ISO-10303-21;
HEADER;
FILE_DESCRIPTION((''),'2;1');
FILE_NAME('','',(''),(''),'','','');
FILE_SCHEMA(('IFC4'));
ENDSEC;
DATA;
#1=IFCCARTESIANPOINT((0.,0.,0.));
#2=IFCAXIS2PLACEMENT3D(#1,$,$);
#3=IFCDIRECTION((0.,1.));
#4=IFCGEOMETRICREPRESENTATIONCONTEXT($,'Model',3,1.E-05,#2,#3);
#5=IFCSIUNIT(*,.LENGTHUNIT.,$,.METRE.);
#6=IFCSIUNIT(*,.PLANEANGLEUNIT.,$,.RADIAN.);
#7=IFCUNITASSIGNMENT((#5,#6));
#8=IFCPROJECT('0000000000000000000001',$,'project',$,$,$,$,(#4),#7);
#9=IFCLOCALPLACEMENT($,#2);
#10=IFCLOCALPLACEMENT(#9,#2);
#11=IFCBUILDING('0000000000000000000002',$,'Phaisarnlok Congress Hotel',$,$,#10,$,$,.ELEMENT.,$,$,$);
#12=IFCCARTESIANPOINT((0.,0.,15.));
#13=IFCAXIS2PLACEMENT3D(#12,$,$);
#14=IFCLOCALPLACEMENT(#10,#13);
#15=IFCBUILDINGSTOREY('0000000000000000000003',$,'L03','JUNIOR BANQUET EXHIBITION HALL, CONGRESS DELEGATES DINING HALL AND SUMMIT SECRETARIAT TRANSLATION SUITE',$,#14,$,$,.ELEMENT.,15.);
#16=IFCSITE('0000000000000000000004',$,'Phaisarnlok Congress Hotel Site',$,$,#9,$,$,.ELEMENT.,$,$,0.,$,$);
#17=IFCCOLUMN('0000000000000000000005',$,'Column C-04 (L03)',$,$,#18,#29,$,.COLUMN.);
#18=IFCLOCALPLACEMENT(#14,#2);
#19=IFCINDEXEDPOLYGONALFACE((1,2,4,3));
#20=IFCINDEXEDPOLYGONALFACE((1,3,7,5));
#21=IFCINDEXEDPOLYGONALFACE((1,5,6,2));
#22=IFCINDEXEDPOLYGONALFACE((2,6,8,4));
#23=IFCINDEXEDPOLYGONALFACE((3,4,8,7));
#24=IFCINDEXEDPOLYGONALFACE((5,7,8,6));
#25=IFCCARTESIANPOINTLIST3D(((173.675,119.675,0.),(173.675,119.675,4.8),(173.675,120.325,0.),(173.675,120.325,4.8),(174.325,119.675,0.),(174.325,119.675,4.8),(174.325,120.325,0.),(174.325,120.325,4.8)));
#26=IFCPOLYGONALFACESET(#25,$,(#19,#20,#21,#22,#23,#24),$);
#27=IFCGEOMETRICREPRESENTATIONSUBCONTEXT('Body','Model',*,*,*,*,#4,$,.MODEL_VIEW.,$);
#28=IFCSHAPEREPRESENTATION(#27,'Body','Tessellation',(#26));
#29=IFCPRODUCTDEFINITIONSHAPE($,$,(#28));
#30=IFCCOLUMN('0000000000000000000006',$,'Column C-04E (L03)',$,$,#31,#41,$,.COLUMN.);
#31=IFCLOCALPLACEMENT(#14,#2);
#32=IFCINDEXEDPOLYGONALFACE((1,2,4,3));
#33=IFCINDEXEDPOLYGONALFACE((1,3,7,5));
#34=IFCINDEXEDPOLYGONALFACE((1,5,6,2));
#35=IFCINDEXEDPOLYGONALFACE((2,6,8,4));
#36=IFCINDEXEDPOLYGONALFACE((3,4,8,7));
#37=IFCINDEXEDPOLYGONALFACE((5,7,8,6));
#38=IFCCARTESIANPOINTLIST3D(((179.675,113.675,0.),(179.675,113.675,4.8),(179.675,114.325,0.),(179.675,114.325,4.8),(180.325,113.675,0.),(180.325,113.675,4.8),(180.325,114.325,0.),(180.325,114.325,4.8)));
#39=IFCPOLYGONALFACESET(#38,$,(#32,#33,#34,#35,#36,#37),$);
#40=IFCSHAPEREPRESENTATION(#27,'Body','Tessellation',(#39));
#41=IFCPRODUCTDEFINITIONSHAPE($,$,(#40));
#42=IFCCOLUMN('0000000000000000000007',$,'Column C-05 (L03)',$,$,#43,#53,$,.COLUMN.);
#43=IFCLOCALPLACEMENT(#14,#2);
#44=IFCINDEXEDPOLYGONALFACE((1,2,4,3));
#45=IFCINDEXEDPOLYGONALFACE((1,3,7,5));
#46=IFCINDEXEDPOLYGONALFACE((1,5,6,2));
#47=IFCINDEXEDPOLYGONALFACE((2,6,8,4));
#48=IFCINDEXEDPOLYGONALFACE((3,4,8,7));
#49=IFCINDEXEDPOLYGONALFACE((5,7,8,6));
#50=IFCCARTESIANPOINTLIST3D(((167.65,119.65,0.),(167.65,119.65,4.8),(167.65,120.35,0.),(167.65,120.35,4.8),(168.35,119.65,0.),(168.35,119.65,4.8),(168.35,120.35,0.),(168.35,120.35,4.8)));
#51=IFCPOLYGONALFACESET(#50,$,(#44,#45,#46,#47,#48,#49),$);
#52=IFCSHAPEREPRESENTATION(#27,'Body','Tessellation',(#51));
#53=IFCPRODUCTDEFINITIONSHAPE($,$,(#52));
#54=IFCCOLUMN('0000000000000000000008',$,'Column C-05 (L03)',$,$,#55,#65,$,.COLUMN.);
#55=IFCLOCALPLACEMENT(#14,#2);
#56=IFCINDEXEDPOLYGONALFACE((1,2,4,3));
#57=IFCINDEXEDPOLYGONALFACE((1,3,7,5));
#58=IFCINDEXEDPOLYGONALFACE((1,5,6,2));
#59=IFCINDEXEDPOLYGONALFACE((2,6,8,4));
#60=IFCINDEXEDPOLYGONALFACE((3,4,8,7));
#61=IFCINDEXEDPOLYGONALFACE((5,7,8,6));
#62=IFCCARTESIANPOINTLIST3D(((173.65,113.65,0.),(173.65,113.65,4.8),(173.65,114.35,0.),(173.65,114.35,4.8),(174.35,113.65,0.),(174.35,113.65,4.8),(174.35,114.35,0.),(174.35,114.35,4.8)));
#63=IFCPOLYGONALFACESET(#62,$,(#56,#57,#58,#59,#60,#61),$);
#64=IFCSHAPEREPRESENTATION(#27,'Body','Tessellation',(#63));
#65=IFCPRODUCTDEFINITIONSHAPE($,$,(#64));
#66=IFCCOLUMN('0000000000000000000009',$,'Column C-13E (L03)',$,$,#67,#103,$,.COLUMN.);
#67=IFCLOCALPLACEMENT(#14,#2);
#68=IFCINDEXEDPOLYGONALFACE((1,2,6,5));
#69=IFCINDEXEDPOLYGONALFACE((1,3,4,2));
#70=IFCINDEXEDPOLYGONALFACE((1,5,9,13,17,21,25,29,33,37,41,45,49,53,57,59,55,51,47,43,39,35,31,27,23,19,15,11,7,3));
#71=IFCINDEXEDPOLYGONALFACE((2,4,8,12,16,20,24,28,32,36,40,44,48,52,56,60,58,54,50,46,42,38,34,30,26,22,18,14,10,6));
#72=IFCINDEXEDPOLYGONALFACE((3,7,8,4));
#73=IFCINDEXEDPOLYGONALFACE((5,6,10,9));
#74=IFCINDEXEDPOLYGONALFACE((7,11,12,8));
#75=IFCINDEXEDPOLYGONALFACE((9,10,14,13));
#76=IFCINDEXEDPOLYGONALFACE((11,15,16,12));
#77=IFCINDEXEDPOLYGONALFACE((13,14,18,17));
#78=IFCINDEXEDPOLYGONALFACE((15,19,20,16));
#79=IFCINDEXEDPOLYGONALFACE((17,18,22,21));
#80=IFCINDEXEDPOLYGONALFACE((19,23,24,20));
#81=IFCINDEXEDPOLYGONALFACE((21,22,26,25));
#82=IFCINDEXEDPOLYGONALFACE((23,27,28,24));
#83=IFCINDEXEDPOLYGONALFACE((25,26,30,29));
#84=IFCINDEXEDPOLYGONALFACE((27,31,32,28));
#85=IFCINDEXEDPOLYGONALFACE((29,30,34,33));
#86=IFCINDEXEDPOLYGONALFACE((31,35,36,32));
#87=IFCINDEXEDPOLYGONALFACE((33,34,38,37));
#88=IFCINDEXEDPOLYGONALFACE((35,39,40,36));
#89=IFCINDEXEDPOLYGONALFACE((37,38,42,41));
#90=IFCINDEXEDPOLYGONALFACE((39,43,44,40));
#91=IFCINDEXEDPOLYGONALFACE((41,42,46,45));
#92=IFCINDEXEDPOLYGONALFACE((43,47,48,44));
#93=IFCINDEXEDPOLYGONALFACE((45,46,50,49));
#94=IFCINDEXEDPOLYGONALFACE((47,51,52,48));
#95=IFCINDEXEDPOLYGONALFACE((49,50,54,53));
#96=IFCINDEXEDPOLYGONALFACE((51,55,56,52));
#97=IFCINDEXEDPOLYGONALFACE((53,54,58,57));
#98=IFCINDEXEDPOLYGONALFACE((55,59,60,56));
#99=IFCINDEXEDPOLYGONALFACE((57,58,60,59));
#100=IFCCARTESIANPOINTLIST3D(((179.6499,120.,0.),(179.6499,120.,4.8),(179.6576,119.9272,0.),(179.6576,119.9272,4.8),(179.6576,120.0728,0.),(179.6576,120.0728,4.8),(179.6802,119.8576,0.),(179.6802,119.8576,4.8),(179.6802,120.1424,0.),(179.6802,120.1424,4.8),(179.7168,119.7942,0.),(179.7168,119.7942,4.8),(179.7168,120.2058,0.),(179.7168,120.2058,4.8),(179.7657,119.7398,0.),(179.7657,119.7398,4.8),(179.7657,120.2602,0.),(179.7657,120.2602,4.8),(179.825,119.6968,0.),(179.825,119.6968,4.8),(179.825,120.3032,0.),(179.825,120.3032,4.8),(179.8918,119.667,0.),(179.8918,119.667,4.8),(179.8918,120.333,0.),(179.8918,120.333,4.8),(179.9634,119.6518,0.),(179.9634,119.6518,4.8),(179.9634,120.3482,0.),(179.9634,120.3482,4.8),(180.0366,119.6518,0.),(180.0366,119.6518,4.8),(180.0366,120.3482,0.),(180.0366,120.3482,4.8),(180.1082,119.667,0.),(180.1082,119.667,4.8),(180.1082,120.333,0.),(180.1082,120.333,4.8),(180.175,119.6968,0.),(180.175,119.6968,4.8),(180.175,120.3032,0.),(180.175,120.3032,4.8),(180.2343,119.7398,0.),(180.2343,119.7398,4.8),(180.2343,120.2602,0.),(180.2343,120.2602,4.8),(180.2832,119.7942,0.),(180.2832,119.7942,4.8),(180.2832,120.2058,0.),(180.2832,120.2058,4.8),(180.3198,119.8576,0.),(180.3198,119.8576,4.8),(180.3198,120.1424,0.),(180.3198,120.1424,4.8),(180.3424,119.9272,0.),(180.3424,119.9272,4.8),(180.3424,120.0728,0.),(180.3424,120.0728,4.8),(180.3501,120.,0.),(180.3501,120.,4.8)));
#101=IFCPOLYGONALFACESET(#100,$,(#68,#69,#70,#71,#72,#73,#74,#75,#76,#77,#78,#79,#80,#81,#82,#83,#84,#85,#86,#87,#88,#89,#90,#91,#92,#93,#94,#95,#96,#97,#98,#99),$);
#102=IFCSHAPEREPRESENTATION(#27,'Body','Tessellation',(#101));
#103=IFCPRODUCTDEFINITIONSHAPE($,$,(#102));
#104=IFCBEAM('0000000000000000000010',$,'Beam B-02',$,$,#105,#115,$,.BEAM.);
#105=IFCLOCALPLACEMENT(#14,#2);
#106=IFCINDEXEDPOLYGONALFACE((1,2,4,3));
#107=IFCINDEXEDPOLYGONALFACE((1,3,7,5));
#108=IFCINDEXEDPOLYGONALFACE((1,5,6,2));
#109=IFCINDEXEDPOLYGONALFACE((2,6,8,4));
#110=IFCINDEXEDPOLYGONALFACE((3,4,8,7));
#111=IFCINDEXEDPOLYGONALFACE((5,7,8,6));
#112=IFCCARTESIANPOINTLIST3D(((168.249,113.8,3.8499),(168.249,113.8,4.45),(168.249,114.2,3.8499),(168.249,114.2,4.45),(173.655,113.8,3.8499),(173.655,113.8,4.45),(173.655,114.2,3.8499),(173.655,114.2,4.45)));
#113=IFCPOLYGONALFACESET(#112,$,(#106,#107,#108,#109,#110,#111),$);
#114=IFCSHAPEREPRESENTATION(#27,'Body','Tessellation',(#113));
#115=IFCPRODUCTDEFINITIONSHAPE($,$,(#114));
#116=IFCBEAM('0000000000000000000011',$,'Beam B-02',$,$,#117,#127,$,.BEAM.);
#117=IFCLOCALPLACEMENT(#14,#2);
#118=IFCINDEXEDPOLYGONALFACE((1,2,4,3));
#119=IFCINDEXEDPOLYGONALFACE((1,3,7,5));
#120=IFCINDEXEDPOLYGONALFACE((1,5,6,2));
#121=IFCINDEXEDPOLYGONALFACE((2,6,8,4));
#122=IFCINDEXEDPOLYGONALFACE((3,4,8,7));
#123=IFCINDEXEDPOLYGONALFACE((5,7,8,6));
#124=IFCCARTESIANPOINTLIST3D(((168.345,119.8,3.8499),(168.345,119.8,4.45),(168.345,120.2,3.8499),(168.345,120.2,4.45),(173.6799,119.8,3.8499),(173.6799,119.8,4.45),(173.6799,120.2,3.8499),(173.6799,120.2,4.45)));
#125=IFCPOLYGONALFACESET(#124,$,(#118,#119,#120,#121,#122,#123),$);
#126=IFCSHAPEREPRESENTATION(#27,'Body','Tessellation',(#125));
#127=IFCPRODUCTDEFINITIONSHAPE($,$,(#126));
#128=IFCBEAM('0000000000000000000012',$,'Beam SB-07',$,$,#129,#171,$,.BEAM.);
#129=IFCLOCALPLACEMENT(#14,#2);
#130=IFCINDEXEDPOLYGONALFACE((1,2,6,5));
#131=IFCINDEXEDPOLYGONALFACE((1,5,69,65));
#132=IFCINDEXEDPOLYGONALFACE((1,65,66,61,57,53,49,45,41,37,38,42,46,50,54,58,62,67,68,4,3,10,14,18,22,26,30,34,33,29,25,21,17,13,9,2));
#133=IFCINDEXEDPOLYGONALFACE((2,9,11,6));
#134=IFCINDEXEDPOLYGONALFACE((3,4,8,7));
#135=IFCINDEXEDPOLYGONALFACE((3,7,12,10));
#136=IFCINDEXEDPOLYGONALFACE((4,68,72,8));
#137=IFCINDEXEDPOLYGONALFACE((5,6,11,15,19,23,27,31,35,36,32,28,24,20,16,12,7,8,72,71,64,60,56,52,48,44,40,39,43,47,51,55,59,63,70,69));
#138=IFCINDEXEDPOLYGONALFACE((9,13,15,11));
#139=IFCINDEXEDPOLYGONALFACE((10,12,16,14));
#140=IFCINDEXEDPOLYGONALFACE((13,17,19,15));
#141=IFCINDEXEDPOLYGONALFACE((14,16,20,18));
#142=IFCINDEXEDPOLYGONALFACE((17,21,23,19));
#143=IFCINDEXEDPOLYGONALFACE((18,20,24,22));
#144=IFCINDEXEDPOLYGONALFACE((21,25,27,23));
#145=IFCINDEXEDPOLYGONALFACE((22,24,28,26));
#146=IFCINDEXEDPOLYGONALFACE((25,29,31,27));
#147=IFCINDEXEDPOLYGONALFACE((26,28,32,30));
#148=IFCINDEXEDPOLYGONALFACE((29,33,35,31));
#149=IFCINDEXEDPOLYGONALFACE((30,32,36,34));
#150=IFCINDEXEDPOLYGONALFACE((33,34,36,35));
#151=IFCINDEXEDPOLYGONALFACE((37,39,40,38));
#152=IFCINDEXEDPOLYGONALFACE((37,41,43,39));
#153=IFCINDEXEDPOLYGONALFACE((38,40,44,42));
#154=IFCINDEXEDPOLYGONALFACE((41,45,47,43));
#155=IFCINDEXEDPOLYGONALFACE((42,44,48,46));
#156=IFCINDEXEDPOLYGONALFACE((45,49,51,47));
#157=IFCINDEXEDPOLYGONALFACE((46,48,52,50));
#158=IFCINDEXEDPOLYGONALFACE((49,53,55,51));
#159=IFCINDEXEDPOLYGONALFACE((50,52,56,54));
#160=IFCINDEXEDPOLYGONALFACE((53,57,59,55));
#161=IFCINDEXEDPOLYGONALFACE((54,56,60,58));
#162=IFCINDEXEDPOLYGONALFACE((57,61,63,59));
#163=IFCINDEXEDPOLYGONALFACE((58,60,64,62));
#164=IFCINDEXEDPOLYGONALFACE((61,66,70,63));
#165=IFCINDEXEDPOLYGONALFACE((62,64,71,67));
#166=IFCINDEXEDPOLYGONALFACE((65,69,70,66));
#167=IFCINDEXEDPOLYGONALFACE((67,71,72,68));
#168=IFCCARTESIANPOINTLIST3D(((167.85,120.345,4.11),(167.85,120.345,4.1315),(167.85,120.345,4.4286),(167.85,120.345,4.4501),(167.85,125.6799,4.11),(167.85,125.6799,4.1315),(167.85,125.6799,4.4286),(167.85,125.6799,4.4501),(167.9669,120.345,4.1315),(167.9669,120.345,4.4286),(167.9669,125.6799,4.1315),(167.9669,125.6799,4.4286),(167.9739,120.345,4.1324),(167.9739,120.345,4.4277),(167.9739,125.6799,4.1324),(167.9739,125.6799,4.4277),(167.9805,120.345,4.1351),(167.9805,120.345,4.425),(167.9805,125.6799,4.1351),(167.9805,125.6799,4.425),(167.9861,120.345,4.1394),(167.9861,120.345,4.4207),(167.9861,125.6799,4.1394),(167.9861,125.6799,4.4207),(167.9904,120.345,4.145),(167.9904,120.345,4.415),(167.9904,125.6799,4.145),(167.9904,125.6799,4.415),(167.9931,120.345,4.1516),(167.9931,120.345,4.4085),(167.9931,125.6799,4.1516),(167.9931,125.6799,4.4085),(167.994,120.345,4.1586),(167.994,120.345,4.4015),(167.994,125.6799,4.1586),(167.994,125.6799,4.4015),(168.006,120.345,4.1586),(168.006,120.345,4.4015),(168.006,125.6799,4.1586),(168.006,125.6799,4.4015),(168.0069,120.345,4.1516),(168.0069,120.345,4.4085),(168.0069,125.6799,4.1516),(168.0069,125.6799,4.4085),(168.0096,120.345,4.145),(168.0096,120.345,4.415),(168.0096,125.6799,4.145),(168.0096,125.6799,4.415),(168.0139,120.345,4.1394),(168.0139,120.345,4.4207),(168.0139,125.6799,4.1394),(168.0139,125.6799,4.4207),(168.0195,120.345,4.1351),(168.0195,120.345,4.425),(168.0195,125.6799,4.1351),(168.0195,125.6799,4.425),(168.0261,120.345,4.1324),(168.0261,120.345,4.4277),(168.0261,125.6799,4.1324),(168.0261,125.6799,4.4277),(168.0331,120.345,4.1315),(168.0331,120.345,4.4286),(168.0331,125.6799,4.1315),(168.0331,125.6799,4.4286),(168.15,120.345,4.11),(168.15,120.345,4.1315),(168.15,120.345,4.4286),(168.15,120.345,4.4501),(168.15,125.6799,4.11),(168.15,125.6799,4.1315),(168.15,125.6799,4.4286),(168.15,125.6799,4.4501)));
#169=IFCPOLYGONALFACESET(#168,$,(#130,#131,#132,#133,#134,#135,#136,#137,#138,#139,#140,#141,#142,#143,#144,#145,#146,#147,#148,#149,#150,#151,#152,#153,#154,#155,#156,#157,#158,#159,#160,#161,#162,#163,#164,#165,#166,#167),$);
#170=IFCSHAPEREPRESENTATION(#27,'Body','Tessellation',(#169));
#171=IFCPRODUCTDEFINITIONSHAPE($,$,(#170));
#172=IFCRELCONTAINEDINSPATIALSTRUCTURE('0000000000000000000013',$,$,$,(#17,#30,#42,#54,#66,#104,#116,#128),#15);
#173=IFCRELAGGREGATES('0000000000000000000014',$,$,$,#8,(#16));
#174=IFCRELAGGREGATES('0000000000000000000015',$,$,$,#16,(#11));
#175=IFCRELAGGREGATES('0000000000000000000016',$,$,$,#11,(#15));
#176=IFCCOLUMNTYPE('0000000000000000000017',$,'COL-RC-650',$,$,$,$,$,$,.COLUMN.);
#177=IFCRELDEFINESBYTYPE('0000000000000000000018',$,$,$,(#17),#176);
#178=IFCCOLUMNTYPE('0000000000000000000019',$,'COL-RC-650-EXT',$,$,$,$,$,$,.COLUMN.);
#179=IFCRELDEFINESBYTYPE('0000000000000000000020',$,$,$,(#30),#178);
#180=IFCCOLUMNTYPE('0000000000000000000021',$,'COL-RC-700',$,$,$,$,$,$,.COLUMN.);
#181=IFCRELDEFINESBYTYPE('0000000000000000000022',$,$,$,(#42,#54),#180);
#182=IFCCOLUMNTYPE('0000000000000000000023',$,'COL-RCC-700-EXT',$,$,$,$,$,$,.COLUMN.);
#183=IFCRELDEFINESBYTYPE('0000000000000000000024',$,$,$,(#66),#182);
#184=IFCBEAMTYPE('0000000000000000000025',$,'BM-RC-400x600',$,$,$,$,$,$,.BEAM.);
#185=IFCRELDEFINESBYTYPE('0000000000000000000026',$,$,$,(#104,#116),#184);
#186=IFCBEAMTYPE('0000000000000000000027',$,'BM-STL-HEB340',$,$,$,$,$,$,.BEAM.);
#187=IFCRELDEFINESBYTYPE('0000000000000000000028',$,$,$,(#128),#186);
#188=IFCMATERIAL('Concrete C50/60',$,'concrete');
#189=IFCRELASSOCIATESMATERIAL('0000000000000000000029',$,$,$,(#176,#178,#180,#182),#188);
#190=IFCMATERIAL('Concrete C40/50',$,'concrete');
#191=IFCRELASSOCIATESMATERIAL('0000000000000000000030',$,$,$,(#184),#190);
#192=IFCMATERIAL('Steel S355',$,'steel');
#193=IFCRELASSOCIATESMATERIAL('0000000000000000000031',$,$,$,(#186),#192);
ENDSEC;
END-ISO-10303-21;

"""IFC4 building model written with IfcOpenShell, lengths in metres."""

from ifc_helpers import new_model, si_unit, direction, frame, origin, origin_2d, place, context, subcontext, project, spatial, rectangle, circle, i_section, extrude, material, material_profile, profile_set, type_object, element, save


model = new_model("IFC4")

# Units and contexts
model_context = context("Model", 3, precision=1e-05, world=origin(), true_north=direction((0.0, 1.0)))
body_context = subcontext(model_context, "Body", "Model", "MODEL_VIEW")
ifc_project = project(units=[si_unit("LENGTHUNIT", "METRE"), si_unit("PLANEANGLEUNIT", "RADIAN")], contexts=[model_context])

# Site, building, storey
site_placement = place(None, origin())
site = spatial("IfcSite", under=ifc_project, at=site_placement, Name="Phaisarnlok Congress Hotel Site", CompositionType="ELEMENT", RefElevation=0.0)
building_placement = place(site_placement, origin())
building = spatial("IfcBuilding", under=site, at=building_placement, Name="Phaisarnlok Congress Hotel", CompositionType="ELEMENT")
storey_placement = place(building_placement, frame((0.0, 0.0, 15.0)))
storey = spatial("IfcBuildingStorey", under=building, at=storey_placement, Name="L03", Description="JUNIOR BANQUET EXHIBITION HALL, CONGRESS DELEGATES DINING HALL AND SUMMIT SECRETARIAT TRANSLATION SUITE", CompositionType="ELEMENT", Elevation=15.0)

# Columns
ifc_material_1 = material(Name="Concrete C50/60", Category="concrete")
ifc_material_profile_1 = material_profile(ifc_material_1, rectangle(XDim=0.6499, YDim=0.6499, at=origin_2d()), Name="RC 650x650")
ifc_profile_set_1 = profile_set([ifc_material_profile_1], Name="Concrete C50/60")
column_type_1 = type_object("IfcColumnType", Name="COL-RC-650", PredefinedType="COLUMN", material=ifc_profile_set_1)
column_1_placement = place(storey_placement, frame((174.0, 120.0, 0.0), z_axis=(0.0, 0.0, 1.0), x_axis=(1.0, 0.0, 0.0)))
element("IfcColumn", 1, at=column_1_placement, inside=storey, type_object=column_type_1, Name="Column C-04 (L03)", PredefinedType="COLUMN", context=body_context, shape_type="SweptSolid", body=[
    extrude(rectangle(XDim=0.6499, YDim=0.6499, at=origin_2d()), origin(), (0.0, 0.0, 1.0), 4.8),
])
ifc_material_profile_2 = material_profile(ifc_material_1, rectangle(XDim=0.6499, YDim=0.6499, at=origin_2d()), Name="RC 650x650")
ifc_profile_set_2 = profile_set([ifc_material_profile_2], Name="Concrete C50/60")
column_type_2 = type_object("IfcColumnType", Name="COL-RC-650-EXT", PredefinedType="COLUMN", material=ifc_profile_set_2)
column_2_placement = place(storey_placement, frame((180.0, 114.0, 0.0), z_axis=(0.0, 0.0, 1.0), x_axis=(1.0, 0.0, 0.0)))
element("IfcColumn", 2, at=column_2_placement, inside=storey, type_object=column_type_2, Name="Column C-04E (L03)", PredefinedType="COLUMN", context=body_context, shape_type="SweptSolid", body=[
    extrude(rectangle(XDim=0.6499, YDim=0.6499, at=origin_2d()), origin(), (0.0, 0.0, 1.0), 4.8),
])
ifc_material_profile_3 = material_profile(ifc_material_1, rectangle(XDim=0.7, YDim=0.7, at=origin_2d()), Name="RC 700x700")
ifc_profile_set_3 = profile_set([ifc_material_profile_3], Name="Concrete C50/60")
column_type_3 = type_object("IfcColumnType", Name="COL-RC-700", PredefinedType="COLUMN", material=ifc_profile_set_3)
for number, where, z_axis, x_axis, name in (
    (3, (168.0, 120.0, 0.0), (0.0, 0.0, 1.0), (1.0, 0.0, 0.0), "Column C-05 (L03)"),
    (4, (174.0, 114.0, 0.0), (0.0, 0.0, 1.0), (1.0, 0.0, 0.0), "Column C-05 (L03)"),
):
    element("IfcColumn", number, at=place(storey_placement, frame(where, z_axis=z_axis, x_axis=x_axis)), inside=storey, type_object=column_type_3, Name=name, PredefinedType="COLUMN", context=body_context, shape_type="SweptSolid", body=[
        extrude(rectangle(XDim=0.7, YDim=0.7, at=origin_2d()), origin(), (0.0, 0.0, 1.0), 4.8),
    ])
ifc_material_profile_4 = material_profile(ifc_material_1, circle(Radius=0.3501, at=origin_2d()), Name="RCC D700")
ifc_profile_set_4 = profile_set([ifc_material_profile_4], Name="Concrete C50/60")
column_type_4 = type_object("IfcColumnType", Name="COL-RCC-700-EXT", PredefinedType="COLUMN", material=ifc_profile_set_4)
column_3_placement = place(storey_placement, frame((180.0, 120.0, 0.0), z_axis=(0.0, 0.0, 1.0), x_axis=(1.0, 0.0, 0.0)))
element("IfcColumn", 5, at=column_3_placement, inside=storey, type_object=column_type_4, Name="Column C-13E (L03)", PredefinedType="COLUMN", context=body_context, shape_type="SweptSolid", body=[
    extrude(circle(Radius=0.3501, at=origin_2d()), origin(), (0.0, 0.0, 1.0), 4.8),
])

# Beams
ifc_material_2 = material(Name="Concrete C40/50", Category="concrete")
ifc_material_profile_5 = material_profile(ifc_material_2, rectangle(XDim=0.3999, YDim=0.6001, at=origin_2d()), Name="RC 400x600")
ifc_profile_set_5 = profile_set([ifc_material_profile_5], Name="Concrete C40/50")
beam_type_1 = type_object("IfcBeamType", Name="BM-RC-400x600", PredefinedType="BEAM", material=ifc_profile_set_5)
beam_1_placement = place(storey_placement, frame((168.249, 114.0, 4.1499), z_axis=(1.0, 0.0, 0.0), x_axis=(0.0, 1.0, 0.0)))
element("IfcBeam", 6, at=beam_1_placement, inside=storey, type_object=beam_type_1, Name="Beam B-02", PredefinedType="BEAM", context=body_context, shape_type="SweptSolid", body=[
    extrude(rectangle(XDim=0.3999, YDim=0.6001, at=origin_2d()), origin(), (0.0, 0.0, 1.0), 5.406),
])
beam_2_placement = place(storey_placement, frame((168.345, 120.0, 4.1499), z_axis=(1.0, 0.0, 0.0), x_axis=(0.0, 1.0, 0.0)))
element("IfcBeam", 7, at=beam_2_placement, inside=storey, type_object=beam_type_1, Name="Beam B-02", PredefinedType="BEAM", context=body_context, shape_type="SweptSolid", body=[
    extrude(rectangle(XDim=0.3999, YDim=0.6001, at=origin_2d()), origin(), (0.0, 0.0, 1.0), 5.335),
])
ifc_material_3 = material(Name="Steel S355", Category="steel")
ifc_material_profile_6 = material_profile(ifc_material_3, i_section(OverallWidth=0.3, OverallDepth=0.3401, WebThickness=0.012, FlangeThickness=0.0215, FilletRadius=0.0271, at=origin_2d()), Name="HEB 340")
ifc_profile_set_6 = profile_set([ifc_material_profile_6], Name="Steel S355")
beam_type_2 = type_object("IfcBeamType", Name="BM-STL-HEB340", PredefinedType="BEAM", material=ifc_profile_set_6)
for number, where, z_axis, x_axis, name in (
    (8, (168.0, 120.345, 4.28), (0.0, 1.0, 0.0), (-1.0, 0.0, 0.0), "Beam SB-07"),
):
    element("IfcBeam", number, at=place(storey_placement, frame(where, z_axis=z_axis, x_axis=x_axis)), inside=storey, type_object=beam_type_2, Name=name, PredefinedType="BEAM", context=body_context, shape_type="SweptSolid", body=[
        extrude(i_section(OverallWidth=0.3, OverallDepth=0.3401, WebThickness=0.012, FlangeThickness=0.0215, FilletRadius=0.0271, at=origin_2d()), origin(), (0.0, 0.0, 1.0), 5.335),
    ])

save(model, "model.ifc")
